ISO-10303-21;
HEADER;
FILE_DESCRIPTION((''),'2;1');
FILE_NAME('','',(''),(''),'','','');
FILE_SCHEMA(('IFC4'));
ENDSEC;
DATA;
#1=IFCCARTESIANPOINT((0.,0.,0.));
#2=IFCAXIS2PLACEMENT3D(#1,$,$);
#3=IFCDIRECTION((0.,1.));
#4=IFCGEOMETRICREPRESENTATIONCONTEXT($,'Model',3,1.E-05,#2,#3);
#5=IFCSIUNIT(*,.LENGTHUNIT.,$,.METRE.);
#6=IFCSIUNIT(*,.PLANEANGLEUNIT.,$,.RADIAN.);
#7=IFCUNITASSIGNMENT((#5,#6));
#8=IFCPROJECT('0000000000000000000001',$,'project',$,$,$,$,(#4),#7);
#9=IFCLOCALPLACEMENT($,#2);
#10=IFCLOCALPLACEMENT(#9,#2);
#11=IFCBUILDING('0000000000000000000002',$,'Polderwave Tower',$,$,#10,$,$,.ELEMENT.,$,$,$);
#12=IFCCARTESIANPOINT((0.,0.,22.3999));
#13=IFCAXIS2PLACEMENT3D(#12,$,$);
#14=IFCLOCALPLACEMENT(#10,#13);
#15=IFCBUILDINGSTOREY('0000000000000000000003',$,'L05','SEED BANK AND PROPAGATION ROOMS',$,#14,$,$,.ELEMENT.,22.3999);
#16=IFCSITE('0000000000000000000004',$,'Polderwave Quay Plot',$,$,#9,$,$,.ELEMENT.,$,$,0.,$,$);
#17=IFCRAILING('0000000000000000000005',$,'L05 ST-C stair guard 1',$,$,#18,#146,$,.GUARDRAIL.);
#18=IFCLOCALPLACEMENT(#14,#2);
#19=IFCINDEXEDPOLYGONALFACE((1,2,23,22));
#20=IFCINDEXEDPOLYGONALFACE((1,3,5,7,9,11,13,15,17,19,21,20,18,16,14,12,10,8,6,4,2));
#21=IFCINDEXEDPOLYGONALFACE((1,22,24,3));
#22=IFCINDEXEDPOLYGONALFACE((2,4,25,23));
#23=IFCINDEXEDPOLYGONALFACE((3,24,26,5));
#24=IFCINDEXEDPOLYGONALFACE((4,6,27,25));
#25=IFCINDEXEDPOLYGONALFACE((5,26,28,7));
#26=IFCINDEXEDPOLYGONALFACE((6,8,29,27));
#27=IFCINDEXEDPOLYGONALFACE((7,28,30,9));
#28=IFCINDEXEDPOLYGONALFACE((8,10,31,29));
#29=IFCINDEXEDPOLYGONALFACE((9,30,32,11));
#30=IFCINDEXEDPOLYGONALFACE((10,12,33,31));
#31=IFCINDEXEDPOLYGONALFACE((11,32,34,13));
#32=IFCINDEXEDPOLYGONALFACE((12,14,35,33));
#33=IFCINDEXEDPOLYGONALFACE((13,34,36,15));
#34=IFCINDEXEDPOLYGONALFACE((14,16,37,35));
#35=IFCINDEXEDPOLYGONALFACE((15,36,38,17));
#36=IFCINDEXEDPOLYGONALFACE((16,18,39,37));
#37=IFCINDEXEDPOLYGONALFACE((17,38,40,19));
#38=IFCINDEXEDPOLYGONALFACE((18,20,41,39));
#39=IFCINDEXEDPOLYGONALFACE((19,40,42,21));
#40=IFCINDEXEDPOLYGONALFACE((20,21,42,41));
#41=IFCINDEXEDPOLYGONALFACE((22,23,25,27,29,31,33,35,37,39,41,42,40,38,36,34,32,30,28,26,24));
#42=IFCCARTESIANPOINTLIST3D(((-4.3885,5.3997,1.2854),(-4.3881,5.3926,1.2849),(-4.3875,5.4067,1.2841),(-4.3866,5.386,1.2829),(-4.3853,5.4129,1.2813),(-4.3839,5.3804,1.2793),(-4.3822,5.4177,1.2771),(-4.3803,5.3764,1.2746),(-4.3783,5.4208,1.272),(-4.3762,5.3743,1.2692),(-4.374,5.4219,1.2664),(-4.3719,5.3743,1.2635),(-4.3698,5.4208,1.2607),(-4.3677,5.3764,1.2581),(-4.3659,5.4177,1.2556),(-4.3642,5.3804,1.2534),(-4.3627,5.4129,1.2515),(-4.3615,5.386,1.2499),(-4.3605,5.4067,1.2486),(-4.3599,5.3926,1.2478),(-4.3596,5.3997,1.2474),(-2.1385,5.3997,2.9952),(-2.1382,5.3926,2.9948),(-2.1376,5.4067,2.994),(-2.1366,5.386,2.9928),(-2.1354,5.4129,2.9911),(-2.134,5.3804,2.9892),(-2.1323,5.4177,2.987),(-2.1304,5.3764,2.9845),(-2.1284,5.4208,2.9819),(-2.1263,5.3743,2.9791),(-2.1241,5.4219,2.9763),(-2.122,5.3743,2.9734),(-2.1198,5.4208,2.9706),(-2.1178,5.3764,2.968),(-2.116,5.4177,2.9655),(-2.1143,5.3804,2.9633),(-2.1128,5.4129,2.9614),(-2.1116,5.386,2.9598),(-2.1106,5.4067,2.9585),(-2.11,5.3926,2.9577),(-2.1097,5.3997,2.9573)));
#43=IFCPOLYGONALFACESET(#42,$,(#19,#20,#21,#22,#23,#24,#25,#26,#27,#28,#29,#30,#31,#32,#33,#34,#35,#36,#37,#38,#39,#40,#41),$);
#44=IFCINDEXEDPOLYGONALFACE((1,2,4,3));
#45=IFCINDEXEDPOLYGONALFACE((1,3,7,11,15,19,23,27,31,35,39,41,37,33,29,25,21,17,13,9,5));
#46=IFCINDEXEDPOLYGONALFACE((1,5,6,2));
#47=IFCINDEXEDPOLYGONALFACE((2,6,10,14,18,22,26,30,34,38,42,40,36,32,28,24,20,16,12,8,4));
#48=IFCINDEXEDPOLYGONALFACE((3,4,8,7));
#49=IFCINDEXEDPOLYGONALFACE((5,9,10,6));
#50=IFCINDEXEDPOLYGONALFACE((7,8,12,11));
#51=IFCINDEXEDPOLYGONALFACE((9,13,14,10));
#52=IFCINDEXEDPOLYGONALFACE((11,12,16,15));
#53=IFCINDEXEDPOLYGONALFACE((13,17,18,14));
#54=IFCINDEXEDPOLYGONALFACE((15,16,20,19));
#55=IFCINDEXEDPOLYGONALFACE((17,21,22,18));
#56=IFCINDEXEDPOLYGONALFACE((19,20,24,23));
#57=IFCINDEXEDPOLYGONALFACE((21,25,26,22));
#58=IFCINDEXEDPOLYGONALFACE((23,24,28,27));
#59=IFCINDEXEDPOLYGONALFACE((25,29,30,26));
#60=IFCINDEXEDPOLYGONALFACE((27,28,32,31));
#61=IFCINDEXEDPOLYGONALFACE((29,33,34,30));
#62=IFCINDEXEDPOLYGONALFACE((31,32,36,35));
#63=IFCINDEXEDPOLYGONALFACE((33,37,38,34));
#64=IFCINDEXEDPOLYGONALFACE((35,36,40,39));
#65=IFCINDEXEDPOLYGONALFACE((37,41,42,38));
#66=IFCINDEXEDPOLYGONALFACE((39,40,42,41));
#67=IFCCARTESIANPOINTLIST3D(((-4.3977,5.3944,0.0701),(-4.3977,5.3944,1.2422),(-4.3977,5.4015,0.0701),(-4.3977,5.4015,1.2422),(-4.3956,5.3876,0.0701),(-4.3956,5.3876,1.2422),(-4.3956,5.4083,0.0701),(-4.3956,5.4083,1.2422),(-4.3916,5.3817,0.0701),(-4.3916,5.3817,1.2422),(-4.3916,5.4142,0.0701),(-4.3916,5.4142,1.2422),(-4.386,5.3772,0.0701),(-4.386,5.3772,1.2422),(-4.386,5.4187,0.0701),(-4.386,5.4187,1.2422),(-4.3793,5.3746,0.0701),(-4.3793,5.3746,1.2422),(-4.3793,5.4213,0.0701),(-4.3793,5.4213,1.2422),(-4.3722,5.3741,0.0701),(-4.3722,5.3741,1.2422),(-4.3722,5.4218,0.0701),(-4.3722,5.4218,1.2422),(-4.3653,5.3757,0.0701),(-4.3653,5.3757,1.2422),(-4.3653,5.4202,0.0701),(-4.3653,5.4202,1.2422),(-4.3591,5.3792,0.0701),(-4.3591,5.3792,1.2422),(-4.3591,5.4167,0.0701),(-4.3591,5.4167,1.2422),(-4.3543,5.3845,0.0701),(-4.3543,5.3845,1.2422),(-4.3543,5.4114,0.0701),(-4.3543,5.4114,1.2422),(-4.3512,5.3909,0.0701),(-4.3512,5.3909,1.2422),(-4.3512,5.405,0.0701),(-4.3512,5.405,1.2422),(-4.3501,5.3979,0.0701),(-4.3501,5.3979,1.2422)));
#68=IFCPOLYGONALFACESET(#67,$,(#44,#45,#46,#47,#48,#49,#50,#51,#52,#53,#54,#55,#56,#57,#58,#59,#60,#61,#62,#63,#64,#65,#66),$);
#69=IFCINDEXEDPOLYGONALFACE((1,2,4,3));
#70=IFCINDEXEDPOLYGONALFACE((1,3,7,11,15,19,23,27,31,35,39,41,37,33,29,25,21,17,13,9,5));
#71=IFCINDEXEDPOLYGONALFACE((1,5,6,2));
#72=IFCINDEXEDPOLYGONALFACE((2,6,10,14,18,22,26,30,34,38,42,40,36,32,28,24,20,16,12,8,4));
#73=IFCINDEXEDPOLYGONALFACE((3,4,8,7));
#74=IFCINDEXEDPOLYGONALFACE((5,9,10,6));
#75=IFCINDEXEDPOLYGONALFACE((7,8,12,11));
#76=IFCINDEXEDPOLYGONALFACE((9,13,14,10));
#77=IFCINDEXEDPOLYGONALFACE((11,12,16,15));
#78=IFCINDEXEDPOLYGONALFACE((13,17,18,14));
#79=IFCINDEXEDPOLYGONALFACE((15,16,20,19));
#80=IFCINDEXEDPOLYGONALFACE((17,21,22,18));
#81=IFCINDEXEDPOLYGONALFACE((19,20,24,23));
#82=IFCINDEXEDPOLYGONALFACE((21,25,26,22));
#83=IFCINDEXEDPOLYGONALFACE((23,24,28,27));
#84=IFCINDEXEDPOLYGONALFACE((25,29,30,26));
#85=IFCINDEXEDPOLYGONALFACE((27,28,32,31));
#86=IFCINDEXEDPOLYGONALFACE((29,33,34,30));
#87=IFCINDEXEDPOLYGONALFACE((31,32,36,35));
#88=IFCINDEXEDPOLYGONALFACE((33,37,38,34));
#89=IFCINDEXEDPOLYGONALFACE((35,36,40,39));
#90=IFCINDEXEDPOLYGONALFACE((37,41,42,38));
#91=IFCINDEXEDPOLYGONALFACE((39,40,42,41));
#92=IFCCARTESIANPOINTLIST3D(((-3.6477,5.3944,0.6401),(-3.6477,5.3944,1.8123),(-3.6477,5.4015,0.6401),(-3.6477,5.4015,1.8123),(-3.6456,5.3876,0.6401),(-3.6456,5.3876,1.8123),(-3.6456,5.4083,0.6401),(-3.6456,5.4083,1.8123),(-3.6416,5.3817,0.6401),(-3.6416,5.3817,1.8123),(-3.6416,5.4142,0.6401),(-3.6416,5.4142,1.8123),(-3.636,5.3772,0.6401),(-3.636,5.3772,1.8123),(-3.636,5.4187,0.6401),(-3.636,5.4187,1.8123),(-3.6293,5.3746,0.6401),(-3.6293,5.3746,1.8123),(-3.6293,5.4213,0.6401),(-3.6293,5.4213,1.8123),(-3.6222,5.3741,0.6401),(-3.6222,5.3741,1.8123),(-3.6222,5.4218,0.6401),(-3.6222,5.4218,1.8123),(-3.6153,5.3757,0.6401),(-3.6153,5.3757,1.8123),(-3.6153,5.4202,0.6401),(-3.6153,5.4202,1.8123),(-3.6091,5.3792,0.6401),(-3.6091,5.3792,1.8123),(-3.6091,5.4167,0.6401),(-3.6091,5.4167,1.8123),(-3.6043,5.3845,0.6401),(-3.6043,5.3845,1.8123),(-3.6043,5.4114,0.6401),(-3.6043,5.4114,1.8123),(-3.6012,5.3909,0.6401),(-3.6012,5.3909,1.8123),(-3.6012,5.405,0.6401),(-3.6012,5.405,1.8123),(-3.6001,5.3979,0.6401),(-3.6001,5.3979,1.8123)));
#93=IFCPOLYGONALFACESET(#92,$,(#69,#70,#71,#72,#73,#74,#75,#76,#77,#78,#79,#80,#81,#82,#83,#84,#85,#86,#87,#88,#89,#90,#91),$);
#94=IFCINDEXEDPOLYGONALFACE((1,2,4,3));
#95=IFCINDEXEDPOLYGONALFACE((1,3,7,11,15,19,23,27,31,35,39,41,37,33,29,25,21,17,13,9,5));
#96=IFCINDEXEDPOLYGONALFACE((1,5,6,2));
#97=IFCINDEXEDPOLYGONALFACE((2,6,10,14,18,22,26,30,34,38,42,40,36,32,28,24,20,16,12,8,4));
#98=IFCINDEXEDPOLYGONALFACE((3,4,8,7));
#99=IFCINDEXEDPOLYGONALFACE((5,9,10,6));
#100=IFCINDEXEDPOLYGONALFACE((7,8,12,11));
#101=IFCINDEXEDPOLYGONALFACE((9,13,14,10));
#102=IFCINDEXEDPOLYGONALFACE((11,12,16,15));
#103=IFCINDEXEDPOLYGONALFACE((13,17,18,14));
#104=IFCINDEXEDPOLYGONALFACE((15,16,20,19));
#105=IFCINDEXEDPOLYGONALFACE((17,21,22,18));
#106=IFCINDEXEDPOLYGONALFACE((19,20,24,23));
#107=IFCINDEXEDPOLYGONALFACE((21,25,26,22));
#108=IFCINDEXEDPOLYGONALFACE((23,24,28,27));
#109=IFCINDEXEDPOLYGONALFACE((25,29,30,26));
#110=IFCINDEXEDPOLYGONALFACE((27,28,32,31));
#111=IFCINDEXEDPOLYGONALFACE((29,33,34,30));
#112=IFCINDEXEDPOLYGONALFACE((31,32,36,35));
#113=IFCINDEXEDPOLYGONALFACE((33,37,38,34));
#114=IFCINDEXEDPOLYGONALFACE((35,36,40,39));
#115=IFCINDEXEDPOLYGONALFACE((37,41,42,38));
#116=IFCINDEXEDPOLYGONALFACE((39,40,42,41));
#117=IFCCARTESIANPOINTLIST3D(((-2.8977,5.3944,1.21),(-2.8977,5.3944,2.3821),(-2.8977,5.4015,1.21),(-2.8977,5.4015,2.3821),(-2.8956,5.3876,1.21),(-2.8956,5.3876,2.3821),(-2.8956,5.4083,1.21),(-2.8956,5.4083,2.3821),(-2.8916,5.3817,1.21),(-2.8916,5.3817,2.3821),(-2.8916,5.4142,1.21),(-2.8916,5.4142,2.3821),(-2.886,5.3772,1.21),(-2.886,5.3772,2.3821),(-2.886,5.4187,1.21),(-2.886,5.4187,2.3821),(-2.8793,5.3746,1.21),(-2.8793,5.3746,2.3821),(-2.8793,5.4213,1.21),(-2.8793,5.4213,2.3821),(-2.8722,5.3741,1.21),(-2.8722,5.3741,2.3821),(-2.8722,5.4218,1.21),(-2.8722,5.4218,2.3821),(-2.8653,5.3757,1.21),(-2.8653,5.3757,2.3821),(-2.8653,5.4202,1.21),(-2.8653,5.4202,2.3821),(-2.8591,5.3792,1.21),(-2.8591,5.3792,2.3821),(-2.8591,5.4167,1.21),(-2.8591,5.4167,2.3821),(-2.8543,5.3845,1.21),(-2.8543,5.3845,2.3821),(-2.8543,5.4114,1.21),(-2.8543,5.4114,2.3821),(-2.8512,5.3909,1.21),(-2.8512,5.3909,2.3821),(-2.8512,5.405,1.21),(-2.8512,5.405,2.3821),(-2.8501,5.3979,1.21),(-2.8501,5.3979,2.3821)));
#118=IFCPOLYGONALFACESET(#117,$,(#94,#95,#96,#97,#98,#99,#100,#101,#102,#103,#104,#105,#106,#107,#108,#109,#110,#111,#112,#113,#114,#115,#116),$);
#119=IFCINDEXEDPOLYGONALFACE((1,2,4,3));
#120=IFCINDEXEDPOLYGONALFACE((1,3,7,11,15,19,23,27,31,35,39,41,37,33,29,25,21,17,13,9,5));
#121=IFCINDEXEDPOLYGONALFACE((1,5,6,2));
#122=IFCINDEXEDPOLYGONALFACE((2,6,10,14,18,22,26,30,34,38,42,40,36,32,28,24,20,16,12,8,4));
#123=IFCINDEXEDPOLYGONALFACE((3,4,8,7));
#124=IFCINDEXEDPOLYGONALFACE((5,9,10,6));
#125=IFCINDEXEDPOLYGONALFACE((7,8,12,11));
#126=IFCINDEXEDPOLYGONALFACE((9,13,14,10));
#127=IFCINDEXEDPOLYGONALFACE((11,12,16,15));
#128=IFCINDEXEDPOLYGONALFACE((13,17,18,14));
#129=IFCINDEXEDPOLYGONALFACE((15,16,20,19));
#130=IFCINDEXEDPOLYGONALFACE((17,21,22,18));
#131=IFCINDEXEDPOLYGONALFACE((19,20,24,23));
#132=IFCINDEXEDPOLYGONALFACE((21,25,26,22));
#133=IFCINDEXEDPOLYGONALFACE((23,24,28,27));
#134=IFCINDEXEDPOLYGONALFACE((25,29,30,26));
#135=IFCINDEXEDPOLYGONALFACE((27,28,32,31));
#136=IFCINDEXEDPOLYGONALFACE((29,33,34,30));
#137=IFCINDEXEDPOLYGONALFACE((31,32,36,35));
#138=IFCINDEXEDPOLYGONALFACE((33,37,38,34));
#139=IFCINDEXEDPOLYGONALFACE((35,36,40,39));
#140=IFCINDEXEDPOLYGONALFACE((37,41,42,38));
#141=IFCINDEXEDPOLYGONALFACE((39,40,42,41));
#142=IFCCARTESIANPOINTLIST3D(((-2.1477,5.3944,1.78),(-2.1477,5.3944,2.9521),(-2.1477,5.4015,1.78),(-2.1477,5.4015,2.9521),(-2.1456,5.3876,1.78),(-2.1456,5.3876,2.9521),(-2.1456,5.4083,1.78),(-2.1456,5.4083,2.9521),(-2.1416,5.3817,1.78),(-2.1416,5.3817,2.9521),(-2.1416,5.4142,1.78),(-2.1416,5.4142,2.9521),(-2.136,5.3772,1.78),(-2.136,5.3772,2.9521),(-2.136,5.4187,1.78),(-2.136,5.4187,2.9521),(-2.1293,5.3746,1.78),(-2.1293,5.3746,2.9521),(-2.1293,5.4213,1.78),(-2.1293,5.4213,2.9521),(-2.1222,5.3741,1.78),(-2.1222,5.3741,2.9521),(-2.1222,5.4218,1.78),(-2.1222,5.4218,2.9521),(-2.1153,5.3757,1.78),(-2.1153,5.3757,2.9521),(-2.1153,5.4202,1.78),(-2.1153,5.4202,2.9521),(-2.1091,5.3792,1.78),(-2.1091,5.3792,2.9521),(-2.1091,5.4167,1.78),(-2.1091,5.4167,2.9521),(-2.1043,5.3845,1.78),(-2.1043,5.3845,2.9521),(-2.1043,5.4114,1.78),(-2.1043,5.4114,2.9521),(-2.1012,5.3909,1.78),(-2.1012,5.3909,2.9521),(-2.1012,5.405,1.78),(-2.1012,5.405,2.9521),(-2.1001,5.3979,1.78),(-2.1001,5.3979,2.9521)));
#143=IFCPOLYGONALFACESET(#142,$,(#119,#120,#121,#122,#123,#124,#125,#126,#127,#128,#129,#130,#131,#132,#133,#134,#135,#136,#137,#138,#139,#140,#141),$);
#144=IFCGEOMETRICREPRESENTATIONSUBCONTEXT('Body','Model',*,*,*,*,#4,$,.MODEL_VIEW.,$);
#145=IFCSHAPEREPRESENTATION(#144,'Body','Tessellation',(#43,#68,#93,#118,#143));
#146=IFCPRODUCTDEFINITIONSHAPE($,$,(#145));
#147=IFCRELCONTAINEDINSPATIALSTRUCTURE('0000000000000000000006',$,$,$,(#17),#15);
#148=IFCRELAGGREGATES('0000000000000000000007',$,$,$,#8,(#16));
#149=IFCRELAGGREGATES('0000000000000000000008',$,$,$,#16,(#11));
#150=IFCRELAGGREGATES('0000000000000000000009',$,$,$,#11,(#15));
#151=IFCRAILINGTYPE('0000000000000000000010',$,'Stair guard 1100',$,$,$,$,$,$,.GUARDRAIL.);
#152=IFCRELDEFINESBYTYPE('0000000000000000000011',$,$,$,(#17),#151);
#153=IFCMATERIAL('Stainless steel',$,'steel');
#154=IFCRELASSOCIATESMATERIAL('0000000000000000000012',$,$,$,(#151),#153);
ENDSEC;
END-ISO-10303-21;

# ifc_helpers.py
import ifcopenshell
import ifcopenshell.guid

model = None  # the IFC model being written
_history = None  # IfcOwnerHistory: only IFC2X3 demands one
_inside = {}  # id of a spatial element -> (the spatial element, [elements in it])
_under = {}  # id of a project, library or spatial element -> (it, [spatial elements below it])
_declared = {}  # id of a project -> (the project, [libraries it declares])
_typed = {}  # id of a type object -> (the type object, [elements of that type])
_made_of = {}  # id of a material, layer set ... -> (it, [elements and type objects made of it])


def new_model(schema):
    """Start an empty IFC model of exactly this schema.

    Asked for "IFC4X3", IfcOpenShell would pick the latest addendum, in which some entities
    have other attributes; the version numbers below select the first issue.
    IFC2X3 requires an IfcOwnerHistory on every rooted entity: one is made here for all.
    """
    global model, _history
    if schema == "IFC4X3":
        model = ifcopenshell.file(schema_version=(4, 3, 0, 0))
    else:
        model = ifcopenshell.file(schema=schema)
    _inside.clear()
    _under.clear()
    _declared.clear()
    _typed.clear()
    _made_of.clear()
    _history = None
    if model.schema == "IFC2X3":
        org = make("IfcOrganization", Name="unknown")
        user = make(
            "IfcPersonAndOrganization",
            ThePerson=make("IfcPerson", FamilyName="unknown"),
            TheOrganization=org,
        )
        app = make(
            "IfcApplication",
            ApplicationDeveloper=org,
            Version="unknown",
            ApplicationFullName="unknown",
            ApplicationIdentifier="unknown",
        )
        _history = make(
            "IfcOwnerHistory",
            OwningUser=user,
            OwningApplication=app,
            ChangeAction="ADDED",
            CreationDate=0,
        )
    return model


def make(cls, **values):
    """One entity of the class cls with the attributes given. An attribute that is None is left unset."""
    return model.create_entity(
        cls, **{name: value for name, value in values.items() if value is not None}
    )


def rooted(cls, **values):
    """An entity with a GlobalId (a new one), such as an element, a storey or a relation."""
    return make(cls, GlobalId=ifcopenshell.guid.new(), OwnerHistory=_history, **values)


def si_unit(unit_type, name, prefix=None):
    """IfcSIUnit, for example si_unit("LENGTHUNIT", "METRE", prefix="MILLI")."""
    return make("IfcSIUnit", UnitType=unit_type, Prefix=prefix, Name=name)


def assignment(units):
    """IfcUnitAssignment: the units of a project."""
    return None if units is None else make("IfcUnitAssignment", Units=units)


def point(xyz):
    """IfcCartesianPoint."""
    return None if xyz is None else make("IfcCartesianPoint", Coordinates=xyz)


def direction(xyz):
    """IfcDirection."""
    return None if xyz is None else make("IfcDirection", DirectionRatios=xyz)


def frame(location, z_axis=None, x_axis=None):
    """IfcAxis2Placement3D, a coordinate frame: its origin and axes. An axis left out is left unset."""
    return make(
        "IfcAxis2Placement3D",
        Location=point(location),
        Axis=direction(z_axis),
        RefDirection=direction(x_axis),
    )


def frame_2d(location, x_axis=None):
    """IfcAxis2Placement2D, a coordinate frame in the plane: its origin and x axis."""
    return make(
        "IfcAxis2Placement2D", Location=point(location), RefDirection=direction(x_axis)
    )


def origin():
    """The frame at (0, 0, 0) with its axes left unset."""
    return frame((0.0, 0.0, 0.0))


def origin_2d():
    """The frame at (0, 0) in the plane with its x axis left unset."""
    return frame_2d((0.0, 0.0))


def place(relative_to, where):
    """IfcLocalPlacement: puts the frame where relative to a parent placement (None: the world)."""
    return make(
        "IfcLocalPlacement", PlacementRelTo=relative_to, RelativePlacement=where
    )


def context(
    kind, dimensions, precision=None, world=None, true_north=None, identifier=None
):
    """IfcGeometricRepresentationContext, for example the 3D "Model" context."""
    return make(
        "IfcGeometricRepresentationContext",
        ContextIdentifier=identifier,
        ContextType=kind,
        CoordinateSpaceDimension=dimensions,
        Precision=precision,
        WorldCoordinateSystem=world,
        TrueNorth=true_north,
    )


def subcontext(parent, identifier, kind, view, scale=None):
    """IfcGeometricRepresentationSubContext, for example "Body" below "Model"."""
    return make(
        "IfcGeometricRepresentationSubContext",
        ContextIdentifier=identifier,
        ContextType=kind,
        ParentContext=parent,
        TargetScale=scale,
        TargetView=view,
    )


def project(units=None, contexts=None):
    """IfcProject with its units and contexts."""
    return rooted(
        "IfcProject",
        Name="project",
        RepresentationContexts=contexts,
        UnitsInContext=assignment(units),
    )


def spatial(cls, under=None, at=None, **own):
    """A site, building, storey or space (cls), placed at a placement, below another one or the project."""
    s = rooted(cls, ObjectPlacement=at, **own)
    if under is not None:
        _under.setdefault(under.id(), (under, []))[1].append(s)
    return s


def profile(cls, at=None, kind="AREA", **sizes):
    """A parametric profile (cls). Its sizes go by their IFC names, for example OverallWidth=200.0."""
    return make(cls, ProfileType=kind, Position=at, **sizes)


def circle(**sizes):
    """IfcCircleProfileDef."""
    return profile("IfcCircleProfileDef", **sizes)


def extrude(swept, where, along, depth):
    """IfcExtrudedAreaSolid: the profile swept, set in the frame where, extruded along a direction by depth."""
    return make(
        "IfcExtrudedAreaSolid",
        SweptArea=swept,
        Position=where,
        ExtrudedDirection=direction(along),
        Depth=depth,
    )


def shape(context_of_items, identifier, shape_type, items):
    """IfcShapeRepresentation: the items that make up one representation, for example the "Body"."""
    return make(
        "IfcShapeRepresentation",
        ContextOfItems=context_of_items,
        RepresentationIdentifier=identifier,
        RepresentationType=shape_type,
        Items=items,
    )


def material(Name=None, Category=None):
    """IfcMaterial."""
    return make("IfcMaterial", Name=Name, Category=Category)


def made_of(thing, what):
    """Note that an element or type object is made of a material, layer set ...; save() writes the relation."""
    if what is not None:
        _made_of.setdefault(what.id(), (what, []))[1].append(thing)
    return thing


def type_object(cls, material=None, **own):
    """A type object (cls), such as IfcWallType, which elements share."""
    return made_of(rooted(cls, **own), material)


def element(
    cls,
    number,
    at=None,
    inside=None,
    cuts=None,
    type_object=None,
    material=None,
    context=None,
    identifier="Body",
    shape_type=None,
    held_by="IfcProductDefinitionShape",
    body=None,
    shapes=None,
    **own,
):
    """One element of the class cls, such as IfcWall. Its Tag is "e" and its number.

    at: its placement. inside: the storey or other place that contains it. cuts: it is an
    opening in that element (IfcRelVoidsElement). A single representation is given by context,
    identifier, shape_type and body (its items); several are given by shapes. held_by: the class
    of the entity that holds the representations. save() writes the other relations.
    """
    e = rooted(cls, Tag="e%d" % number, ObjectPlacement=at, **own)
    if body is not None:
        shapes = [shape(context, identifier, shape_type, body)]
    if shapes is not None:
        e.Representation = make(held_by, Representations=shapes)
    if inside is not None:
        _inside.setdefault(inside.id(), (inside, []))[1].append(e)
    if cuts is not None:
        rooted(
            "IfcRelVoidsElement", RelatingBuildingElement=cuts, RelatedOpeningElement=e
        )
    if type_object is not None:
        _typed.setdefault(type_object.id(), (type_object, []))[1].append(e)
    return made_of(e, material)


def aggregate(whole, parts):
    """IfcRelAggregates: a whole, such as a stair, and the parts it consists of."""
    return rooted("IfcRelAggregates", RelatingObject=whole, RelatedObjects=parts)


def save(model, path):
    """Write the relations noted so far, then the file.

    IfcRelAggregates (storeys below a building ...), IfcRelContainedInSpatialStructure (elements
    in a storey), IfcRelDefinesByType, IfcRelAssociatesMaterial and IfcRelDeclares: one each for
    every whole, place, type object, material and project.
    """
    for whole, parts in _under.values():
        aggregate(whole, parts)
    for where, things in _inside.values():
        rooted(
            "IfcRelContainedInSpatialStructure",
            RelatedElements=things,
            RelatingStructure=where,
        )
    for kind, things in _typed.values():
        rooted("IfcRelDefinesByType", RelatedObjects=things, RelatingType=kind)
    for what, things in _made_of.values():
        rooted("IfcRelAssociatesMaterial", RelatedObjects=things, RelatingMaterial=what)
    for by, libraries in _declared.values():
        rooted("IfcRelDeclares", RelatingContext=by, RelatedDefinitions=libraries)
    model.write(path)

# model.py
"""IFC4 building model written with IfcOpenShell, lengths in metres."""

from ifc_helpers import new_model, si_unit, direction, frame, origin, origin_2d, place, context, subcontext, project, spatial, circle, extrude, material, type_object, element, save


model = new_model("IFC4")

# Units and contexts
model_context = context("Model", 3, precision=1e-05, world=origin(), true_north=direction((0.0, 1.0)))
body_context = subcontext(model_context, "Body", "Model", "MODEL_VIEW")
ifc_project = project(units=[si_unit("LENGTHUNIT", "METRE"), si_unit("PLANEANGLEUNIT", "RADIAN")], contexts=[model_context])

# Site, building, storey
site_placement = place(None, origin())
site = spatial("IfcSite", under=ifc_project, at=site_placement, Name="Polderwave Quay Plot", CompositionType="ELEMENT", RefElevation=0.0)
building_placement = place(site_placement, origin())
building = spatial("IfcBuilding", under=site, at=building_placement, Name="Polderwave Tower", CompositionType="ELEMENT")
storey_placement = place(building_placement, frame((0.0, 0.0, 22.3999)))
storey = spatial("IfcBuildingStorey", under=building, at=storey_placement, Name="L05", Description="SEED BANK AND PROPAGATION ROOMS", CompositionType="ELEMENT", Elevation=22.3999)

# Railing
ifc_material_1 = material(Name="Stainless steel", Category="steel")
railing_type_1 = type_object("IfcRailingType", Name="Stair guard 1100", PredefinedType="GUARDRAIL", material=ifc_material_1)
railing_1_placement = place(storey_placement, frame((-4.374, 5.3979, 0.0701)))
element("IfcRailing", 1, at=railing_1_placement, inside=storey, type_object=railing_type_1, Name="L05 ST-C stair guard 1", PredefinedType="GUARDRAIL", context=body_context, shape_type="SweptSolid", body=[
    extrude(circle(Radius=0.0239, at=origin_2d()), frame((0.0, 0.0, 1.1963), z_axis=(0.796169, 0.0, 0.605075), x_axis=(0.0, 1.0, 0.0)), (0.0, 0.0, 1.0), 2.8259),
    extrude(circle(Radius=0.0239, at=origin_2d()), origin(), (0.0, 0.0, 1.0), 1.1721),
    extrude(circle(Radius=0.0239, at=origin_2d()), frame((0.75, 0.0, 0.5701)), (0.0, 0.0, 1.0), 1.1721),
    extrude(circle(Radius=0.0239, at=origin_2d()), frame((1.5, 0.0, 1.1399)), (0.0, 0.0, 1.0), 1.1721),
    extrude(circle(Radius=0.0239, at=origin_2d()), frame((2.25, 0.0, 1.71)), (0.0, 0.0, 1.0), 1.1721),
])

save(model, "model.ifc")
